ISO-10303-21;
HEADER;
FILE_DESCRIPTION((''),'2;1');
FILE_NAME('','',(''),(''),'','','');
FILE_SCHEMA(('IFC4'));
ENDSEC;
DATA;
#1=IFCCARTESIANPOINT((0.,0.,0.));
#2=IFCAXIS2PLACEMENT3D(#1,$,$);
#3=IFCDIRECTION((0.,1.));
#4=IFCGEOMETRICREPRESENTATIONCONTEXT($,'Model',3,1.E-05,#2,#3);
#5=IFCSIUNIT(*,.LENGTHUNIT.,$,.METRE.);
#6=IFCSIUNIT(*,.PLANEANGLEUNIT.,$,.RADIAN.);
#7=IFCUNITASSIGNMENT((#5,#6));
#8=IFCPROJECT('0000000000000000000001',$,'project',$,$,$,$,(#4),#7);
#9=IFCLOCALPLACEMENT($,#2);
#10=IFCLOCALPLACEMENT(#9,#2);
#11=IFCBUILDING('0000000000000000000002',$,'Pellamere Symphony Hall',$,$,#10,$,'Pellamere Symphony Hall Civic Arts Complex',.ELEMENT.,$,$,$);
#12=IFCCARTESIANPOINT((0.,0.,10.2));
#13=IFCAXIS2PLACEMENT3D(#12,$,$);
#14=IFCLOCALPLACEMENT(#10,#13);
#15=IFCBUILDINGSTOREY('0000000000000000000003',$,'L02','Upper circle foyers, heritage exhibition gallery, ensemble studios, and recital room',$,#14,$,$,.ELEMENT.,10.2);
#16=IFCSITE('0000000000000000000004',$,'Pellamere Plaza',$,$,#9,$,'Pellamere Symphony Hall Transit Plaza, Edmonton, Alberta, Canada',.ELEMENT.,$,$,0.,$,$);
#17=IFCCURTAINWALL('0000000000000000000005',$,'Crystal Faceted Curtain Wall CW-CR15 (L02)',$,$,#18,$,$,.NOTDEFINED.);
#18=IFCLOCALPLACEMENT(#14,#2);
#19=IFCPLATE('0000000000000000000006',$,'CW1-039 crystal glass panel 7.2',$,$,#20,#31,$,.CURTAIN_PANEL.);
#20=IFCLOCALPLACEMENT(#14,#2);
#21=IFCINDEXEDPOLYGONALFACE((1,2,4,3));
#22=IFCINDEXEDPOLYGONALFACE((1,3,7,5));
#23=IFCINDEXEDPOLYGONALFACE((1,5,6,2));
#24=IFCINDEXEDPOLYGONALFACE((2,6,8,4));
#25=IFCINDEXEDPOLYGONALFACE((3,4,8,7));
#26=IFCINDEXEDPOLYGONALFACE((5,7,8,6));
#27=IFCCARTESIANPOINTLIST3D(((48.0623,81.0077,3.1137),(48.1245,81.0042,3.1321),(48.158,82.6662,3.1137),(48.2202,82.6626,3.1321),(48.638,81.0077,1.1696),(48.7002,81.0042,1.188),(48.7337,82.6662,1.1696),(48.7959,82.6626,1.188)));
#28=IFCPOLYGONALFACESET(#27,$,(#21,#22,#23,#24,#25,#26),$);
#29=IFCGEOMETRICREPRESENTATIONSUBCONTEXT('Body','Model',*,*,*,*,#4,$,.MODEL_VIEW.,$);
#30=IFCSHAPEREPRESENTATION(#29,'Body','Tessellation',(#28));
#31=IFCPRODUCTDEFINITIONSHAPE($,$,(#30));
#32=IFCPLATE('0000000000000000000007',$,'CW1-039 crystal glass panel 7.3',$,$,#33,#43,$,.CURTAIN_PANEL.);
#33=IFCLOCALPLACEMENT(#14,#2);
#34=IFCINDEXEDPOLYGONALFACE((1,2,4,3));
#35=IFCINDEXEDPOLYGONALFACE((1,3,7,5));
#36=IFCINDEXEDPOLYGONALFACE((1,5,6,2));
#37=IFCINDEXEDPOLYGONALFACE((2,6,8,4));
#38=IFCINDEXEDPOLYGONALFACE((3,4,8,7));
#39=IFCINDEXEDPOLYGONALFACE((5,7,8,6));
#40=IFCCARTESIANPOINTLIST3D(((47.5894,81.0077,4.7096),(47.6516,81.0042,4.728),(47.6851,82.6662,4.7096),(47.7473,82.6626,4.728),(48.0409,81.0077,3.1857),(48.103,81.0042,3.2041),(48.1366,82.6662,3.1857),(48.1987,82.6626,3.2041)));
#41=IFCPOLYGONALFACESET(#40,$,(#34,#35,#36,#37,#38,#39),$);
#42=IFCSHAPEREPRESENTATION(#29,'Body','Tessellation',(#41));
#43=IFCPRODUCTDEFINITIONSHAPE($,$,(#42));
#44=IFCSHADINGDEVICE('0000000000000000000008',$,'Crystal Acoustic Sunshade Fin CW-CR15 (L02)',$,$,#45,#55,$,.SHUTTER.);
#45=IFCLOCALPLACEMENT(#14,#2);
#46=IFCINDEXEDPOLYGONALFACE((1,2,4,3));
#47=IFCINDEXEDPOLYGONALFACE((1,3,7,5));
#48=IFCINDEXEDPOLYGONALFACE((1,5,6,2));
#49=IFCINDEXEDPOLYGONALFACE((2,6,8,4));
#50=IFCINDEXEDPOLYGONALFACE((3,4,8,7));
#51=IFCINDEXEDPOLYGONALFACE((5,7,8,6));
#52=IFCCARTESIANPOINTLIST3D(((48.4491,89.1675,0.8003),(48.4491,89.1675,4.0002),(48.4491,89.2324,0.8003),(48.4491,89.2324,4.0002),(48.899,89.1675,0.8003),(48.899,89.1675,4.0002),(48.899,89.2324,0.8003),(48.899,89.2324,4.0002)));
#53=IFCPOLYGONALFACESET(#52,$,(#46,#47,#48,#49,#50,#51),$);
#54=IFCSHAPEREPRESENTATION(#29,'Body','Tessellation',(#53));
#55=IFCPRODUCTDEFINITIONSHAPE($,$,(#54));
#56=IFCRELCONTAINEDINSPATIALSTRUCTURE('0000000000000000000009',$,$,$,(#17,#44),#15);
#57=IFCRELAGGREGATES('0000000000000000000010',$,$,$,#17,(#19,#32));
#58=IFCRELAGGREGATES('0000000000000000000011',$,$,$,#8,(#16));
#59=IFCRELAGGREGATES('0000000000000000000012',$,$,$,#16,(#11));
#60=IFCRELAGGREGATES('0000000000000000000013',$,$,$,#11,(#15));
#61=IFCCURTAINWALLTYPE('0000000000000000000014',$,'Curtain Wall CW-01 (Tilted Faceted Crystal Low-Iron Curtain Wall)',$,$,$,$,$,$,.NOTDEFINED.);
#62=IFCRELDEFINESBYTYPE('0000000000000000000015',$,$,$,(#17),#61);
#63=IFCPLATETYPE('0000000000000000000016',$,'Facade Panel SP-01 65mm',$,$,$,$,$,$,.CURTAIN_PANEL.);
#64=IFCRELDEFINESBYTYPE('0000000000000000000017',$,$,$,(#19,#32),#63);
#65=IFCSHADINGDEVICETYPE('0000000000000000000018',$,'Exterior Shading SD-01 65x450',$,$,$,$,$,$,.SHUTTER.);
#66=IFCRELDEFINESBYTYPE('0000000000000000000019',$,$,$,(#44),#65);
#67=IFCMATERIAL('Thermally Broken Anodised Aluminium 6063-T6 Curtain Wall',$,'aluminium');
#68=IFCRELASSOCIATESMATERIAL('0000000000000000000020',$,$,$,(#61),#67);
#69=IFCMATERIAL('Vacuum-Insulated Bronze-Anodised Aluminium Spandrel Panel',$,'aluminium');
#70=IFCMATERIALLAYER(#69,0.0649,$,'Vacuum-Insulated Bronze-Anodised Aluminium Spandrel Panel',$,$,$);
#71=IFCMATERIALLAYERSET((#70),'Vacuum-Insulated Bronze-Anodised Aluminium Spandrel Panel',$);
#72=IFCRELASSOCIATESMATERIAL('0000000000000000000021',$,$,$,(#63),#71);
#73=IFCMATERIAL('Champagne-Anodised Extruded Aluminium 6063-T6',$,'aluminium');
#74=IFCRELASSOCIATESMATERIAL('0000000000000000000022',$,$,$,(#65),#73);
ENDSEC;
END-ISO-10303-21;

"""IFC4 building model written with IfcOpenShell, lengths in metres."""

from ifc_helpers import new_model, si_unit, direction, frame, origin, origin_2d, place, context, subcontext, project, spatial, polyline, rectangle, outline, extrude, material, layer, layer_set, type_object, element, aggregate, save


model = new_model("IFC4")

# Units and contexts
model_context = context("Model", 3, precision=1e-05, world=origin(), true_north=direction((0.0, 1.0)))
body_context = subcontext(model_context, "Body", "Model", "MODEL_VIEW")
ifc_project = project(units=[si_unit("LENGTHUNIT", "METRE"), si_unit("PLANEANGLEUNIT", "RADIAN")], contexts=[model_context])

# Site, building, storey
site_placement = place(None, origin())
site = spatial("IfcSite", under=ifc_project, at=site_placement, Name="Pellamere Plaza", LongName="Pellamere Symphony Hall Transit Plaza, Edmonton, Alberta, Canada", CompositionType="ELEMENT", RefElevation=0.0)
building_placement = place(site_placement, origin())
building = spatial("IfcBuilding", under=site, at=building_placement, Name="Pellamere Symphony Hall", LongName="Pellamere Symphony Hall Civic Arts Complex", CompositionType="ELEMENT")
storey_placement = place(building_placement, frame((0.0, 0.0, 10.2)))
storey = spatial("IfcBuildingStorey", under=building, at=storey_placement, Name="L02", Description="Upper circle foyers, heritage exhibition gallery, ensemble studios, and recital room", CompositionType="ELEMENT", Elevation=10.2)

# Curtain wall, plates
ifc_material_1 = material(Name="Thermally Broken Anodised Aluminium 6063-T6 Curtain Wall", Category="aluminium")
curtain_wall_type = type_object("IfcCurtainWallType", Name="Curtain Wall CW-01 (Tilted Faceted Crystal Low-Iron Curtain Wall)", PredefinedType="NOTDEFINED", material=ifc_material_1)
curtain_wall_placement = place(storey_placement, origin())
curtain_wall = element("IfcCurtainWall", 1, at=curtain_wall_placement, inside=storey, type_object=curtain_wall_type, Name="Crystal Faceted Curtain Wall CW-CR15 (L02)", PredefinedType="NOTDEFINED")
ifc_material_2 = material(Name="Vacuum-Insulated Bronze-Anodised Aluminium Spandrel Panel", Category="aluminium")
ifc_layer = layer(ifc_material_2, 0.0649, Name="Vacuum-Insulated Bronze-Anodised Aluminium Spandrel Panel")
ifc_layer_set = layer_set([ifc_layer], Name="Vacuum-Insulated Bronze-Anodised Aluminium Spandrel Panel")
plate_type = type_object("IfcPlateType", Name="Facade Panel SP-01 65mm", PredefinedType="CURTAIN_PANEL", material=ifc_layer_set)
plate_1_placement = place(storey_placement, frame((48.7959, 82.6626, 1.188), z_axis=(0.95738, -0.055247, 0.283499), x_axis=(-0.057611, -0.998339, 0.0)))
plate_1 = element("IfcPlate", 2, at=plate_1_placement, type_object=plate_type, Name="CW1-039 crystal glass panel 7.2", PredefinedType="CURTAIN_PANEL", context=body_context, shape_type="SweptSolid", body=[
    extrude(outline(polyline([(0.0, 0.0), (1.6612, 0.0), (1.6944, -2.0273), (0.0332, -2.0273), (0.0, 0.0)])), origin(), (0.0, 0.0, -1.0), 0.0649),
])
plate_2_placement = place(storey_placement, frame((48.1987, 82.6626, 3.2041), z_axis=(0.957354, -0.055246, 0.283587), x_axis=(-0.057611, -0.998339, 0.0)))
plate_2 = element("IfcPlate", 3, at=plate_2_placement, type_object=plate_type, Name="CW1-039 crystal glass panel 7.3", PredefinedType="CURTAIN_PANEL", context=body_context, shape_type="SweptSolid", body=[
    extrude(outline(polyline([(0.0, 0.0), (1.6612, 0.0), (1.6872, -1.5892), (0.026, -1.5892), (0.0, 0.0)])), origin(), (0.0, 0.0, -1.0), 0.0649),
])
aggregate(curtain_wall, [plate_1, plate_2])

# Shading device
ifc_material_3 = material(Name="Champagne-Anodised Extruded Aluminium 6063-T6", Category="aluminium")
shading_device_type = type_object("IfcShadingDeviceType", Name="Exterior Shading SD-01 65x450", PredefinedType="SHUTTER", material=ifc_material_3)
shading_device_placement = place(storey_placement, frame((48.6741, 89.2, 0.8003), z_axis=(0.0, 0.0, 1.0), x_axis=(0.0, 1.0, 0.0)))
element("IfcShadingDevice", 4, at=shading_device_placement, inside=storey, type_object=shading_device_type, Name="Crystal Acoustic Sunshade Fin CW-CR15 (L02)", PredefinedType="SHUTTER", context=body_context, shape_type="SweptSolid", body=[
    extrude(rectangle(XDim=0.0649, YDim=0.45, at=origin_2d()), origin(), (0.0, 0.0, 1.0), 3.2),
])

save(model, "model.ifc")
